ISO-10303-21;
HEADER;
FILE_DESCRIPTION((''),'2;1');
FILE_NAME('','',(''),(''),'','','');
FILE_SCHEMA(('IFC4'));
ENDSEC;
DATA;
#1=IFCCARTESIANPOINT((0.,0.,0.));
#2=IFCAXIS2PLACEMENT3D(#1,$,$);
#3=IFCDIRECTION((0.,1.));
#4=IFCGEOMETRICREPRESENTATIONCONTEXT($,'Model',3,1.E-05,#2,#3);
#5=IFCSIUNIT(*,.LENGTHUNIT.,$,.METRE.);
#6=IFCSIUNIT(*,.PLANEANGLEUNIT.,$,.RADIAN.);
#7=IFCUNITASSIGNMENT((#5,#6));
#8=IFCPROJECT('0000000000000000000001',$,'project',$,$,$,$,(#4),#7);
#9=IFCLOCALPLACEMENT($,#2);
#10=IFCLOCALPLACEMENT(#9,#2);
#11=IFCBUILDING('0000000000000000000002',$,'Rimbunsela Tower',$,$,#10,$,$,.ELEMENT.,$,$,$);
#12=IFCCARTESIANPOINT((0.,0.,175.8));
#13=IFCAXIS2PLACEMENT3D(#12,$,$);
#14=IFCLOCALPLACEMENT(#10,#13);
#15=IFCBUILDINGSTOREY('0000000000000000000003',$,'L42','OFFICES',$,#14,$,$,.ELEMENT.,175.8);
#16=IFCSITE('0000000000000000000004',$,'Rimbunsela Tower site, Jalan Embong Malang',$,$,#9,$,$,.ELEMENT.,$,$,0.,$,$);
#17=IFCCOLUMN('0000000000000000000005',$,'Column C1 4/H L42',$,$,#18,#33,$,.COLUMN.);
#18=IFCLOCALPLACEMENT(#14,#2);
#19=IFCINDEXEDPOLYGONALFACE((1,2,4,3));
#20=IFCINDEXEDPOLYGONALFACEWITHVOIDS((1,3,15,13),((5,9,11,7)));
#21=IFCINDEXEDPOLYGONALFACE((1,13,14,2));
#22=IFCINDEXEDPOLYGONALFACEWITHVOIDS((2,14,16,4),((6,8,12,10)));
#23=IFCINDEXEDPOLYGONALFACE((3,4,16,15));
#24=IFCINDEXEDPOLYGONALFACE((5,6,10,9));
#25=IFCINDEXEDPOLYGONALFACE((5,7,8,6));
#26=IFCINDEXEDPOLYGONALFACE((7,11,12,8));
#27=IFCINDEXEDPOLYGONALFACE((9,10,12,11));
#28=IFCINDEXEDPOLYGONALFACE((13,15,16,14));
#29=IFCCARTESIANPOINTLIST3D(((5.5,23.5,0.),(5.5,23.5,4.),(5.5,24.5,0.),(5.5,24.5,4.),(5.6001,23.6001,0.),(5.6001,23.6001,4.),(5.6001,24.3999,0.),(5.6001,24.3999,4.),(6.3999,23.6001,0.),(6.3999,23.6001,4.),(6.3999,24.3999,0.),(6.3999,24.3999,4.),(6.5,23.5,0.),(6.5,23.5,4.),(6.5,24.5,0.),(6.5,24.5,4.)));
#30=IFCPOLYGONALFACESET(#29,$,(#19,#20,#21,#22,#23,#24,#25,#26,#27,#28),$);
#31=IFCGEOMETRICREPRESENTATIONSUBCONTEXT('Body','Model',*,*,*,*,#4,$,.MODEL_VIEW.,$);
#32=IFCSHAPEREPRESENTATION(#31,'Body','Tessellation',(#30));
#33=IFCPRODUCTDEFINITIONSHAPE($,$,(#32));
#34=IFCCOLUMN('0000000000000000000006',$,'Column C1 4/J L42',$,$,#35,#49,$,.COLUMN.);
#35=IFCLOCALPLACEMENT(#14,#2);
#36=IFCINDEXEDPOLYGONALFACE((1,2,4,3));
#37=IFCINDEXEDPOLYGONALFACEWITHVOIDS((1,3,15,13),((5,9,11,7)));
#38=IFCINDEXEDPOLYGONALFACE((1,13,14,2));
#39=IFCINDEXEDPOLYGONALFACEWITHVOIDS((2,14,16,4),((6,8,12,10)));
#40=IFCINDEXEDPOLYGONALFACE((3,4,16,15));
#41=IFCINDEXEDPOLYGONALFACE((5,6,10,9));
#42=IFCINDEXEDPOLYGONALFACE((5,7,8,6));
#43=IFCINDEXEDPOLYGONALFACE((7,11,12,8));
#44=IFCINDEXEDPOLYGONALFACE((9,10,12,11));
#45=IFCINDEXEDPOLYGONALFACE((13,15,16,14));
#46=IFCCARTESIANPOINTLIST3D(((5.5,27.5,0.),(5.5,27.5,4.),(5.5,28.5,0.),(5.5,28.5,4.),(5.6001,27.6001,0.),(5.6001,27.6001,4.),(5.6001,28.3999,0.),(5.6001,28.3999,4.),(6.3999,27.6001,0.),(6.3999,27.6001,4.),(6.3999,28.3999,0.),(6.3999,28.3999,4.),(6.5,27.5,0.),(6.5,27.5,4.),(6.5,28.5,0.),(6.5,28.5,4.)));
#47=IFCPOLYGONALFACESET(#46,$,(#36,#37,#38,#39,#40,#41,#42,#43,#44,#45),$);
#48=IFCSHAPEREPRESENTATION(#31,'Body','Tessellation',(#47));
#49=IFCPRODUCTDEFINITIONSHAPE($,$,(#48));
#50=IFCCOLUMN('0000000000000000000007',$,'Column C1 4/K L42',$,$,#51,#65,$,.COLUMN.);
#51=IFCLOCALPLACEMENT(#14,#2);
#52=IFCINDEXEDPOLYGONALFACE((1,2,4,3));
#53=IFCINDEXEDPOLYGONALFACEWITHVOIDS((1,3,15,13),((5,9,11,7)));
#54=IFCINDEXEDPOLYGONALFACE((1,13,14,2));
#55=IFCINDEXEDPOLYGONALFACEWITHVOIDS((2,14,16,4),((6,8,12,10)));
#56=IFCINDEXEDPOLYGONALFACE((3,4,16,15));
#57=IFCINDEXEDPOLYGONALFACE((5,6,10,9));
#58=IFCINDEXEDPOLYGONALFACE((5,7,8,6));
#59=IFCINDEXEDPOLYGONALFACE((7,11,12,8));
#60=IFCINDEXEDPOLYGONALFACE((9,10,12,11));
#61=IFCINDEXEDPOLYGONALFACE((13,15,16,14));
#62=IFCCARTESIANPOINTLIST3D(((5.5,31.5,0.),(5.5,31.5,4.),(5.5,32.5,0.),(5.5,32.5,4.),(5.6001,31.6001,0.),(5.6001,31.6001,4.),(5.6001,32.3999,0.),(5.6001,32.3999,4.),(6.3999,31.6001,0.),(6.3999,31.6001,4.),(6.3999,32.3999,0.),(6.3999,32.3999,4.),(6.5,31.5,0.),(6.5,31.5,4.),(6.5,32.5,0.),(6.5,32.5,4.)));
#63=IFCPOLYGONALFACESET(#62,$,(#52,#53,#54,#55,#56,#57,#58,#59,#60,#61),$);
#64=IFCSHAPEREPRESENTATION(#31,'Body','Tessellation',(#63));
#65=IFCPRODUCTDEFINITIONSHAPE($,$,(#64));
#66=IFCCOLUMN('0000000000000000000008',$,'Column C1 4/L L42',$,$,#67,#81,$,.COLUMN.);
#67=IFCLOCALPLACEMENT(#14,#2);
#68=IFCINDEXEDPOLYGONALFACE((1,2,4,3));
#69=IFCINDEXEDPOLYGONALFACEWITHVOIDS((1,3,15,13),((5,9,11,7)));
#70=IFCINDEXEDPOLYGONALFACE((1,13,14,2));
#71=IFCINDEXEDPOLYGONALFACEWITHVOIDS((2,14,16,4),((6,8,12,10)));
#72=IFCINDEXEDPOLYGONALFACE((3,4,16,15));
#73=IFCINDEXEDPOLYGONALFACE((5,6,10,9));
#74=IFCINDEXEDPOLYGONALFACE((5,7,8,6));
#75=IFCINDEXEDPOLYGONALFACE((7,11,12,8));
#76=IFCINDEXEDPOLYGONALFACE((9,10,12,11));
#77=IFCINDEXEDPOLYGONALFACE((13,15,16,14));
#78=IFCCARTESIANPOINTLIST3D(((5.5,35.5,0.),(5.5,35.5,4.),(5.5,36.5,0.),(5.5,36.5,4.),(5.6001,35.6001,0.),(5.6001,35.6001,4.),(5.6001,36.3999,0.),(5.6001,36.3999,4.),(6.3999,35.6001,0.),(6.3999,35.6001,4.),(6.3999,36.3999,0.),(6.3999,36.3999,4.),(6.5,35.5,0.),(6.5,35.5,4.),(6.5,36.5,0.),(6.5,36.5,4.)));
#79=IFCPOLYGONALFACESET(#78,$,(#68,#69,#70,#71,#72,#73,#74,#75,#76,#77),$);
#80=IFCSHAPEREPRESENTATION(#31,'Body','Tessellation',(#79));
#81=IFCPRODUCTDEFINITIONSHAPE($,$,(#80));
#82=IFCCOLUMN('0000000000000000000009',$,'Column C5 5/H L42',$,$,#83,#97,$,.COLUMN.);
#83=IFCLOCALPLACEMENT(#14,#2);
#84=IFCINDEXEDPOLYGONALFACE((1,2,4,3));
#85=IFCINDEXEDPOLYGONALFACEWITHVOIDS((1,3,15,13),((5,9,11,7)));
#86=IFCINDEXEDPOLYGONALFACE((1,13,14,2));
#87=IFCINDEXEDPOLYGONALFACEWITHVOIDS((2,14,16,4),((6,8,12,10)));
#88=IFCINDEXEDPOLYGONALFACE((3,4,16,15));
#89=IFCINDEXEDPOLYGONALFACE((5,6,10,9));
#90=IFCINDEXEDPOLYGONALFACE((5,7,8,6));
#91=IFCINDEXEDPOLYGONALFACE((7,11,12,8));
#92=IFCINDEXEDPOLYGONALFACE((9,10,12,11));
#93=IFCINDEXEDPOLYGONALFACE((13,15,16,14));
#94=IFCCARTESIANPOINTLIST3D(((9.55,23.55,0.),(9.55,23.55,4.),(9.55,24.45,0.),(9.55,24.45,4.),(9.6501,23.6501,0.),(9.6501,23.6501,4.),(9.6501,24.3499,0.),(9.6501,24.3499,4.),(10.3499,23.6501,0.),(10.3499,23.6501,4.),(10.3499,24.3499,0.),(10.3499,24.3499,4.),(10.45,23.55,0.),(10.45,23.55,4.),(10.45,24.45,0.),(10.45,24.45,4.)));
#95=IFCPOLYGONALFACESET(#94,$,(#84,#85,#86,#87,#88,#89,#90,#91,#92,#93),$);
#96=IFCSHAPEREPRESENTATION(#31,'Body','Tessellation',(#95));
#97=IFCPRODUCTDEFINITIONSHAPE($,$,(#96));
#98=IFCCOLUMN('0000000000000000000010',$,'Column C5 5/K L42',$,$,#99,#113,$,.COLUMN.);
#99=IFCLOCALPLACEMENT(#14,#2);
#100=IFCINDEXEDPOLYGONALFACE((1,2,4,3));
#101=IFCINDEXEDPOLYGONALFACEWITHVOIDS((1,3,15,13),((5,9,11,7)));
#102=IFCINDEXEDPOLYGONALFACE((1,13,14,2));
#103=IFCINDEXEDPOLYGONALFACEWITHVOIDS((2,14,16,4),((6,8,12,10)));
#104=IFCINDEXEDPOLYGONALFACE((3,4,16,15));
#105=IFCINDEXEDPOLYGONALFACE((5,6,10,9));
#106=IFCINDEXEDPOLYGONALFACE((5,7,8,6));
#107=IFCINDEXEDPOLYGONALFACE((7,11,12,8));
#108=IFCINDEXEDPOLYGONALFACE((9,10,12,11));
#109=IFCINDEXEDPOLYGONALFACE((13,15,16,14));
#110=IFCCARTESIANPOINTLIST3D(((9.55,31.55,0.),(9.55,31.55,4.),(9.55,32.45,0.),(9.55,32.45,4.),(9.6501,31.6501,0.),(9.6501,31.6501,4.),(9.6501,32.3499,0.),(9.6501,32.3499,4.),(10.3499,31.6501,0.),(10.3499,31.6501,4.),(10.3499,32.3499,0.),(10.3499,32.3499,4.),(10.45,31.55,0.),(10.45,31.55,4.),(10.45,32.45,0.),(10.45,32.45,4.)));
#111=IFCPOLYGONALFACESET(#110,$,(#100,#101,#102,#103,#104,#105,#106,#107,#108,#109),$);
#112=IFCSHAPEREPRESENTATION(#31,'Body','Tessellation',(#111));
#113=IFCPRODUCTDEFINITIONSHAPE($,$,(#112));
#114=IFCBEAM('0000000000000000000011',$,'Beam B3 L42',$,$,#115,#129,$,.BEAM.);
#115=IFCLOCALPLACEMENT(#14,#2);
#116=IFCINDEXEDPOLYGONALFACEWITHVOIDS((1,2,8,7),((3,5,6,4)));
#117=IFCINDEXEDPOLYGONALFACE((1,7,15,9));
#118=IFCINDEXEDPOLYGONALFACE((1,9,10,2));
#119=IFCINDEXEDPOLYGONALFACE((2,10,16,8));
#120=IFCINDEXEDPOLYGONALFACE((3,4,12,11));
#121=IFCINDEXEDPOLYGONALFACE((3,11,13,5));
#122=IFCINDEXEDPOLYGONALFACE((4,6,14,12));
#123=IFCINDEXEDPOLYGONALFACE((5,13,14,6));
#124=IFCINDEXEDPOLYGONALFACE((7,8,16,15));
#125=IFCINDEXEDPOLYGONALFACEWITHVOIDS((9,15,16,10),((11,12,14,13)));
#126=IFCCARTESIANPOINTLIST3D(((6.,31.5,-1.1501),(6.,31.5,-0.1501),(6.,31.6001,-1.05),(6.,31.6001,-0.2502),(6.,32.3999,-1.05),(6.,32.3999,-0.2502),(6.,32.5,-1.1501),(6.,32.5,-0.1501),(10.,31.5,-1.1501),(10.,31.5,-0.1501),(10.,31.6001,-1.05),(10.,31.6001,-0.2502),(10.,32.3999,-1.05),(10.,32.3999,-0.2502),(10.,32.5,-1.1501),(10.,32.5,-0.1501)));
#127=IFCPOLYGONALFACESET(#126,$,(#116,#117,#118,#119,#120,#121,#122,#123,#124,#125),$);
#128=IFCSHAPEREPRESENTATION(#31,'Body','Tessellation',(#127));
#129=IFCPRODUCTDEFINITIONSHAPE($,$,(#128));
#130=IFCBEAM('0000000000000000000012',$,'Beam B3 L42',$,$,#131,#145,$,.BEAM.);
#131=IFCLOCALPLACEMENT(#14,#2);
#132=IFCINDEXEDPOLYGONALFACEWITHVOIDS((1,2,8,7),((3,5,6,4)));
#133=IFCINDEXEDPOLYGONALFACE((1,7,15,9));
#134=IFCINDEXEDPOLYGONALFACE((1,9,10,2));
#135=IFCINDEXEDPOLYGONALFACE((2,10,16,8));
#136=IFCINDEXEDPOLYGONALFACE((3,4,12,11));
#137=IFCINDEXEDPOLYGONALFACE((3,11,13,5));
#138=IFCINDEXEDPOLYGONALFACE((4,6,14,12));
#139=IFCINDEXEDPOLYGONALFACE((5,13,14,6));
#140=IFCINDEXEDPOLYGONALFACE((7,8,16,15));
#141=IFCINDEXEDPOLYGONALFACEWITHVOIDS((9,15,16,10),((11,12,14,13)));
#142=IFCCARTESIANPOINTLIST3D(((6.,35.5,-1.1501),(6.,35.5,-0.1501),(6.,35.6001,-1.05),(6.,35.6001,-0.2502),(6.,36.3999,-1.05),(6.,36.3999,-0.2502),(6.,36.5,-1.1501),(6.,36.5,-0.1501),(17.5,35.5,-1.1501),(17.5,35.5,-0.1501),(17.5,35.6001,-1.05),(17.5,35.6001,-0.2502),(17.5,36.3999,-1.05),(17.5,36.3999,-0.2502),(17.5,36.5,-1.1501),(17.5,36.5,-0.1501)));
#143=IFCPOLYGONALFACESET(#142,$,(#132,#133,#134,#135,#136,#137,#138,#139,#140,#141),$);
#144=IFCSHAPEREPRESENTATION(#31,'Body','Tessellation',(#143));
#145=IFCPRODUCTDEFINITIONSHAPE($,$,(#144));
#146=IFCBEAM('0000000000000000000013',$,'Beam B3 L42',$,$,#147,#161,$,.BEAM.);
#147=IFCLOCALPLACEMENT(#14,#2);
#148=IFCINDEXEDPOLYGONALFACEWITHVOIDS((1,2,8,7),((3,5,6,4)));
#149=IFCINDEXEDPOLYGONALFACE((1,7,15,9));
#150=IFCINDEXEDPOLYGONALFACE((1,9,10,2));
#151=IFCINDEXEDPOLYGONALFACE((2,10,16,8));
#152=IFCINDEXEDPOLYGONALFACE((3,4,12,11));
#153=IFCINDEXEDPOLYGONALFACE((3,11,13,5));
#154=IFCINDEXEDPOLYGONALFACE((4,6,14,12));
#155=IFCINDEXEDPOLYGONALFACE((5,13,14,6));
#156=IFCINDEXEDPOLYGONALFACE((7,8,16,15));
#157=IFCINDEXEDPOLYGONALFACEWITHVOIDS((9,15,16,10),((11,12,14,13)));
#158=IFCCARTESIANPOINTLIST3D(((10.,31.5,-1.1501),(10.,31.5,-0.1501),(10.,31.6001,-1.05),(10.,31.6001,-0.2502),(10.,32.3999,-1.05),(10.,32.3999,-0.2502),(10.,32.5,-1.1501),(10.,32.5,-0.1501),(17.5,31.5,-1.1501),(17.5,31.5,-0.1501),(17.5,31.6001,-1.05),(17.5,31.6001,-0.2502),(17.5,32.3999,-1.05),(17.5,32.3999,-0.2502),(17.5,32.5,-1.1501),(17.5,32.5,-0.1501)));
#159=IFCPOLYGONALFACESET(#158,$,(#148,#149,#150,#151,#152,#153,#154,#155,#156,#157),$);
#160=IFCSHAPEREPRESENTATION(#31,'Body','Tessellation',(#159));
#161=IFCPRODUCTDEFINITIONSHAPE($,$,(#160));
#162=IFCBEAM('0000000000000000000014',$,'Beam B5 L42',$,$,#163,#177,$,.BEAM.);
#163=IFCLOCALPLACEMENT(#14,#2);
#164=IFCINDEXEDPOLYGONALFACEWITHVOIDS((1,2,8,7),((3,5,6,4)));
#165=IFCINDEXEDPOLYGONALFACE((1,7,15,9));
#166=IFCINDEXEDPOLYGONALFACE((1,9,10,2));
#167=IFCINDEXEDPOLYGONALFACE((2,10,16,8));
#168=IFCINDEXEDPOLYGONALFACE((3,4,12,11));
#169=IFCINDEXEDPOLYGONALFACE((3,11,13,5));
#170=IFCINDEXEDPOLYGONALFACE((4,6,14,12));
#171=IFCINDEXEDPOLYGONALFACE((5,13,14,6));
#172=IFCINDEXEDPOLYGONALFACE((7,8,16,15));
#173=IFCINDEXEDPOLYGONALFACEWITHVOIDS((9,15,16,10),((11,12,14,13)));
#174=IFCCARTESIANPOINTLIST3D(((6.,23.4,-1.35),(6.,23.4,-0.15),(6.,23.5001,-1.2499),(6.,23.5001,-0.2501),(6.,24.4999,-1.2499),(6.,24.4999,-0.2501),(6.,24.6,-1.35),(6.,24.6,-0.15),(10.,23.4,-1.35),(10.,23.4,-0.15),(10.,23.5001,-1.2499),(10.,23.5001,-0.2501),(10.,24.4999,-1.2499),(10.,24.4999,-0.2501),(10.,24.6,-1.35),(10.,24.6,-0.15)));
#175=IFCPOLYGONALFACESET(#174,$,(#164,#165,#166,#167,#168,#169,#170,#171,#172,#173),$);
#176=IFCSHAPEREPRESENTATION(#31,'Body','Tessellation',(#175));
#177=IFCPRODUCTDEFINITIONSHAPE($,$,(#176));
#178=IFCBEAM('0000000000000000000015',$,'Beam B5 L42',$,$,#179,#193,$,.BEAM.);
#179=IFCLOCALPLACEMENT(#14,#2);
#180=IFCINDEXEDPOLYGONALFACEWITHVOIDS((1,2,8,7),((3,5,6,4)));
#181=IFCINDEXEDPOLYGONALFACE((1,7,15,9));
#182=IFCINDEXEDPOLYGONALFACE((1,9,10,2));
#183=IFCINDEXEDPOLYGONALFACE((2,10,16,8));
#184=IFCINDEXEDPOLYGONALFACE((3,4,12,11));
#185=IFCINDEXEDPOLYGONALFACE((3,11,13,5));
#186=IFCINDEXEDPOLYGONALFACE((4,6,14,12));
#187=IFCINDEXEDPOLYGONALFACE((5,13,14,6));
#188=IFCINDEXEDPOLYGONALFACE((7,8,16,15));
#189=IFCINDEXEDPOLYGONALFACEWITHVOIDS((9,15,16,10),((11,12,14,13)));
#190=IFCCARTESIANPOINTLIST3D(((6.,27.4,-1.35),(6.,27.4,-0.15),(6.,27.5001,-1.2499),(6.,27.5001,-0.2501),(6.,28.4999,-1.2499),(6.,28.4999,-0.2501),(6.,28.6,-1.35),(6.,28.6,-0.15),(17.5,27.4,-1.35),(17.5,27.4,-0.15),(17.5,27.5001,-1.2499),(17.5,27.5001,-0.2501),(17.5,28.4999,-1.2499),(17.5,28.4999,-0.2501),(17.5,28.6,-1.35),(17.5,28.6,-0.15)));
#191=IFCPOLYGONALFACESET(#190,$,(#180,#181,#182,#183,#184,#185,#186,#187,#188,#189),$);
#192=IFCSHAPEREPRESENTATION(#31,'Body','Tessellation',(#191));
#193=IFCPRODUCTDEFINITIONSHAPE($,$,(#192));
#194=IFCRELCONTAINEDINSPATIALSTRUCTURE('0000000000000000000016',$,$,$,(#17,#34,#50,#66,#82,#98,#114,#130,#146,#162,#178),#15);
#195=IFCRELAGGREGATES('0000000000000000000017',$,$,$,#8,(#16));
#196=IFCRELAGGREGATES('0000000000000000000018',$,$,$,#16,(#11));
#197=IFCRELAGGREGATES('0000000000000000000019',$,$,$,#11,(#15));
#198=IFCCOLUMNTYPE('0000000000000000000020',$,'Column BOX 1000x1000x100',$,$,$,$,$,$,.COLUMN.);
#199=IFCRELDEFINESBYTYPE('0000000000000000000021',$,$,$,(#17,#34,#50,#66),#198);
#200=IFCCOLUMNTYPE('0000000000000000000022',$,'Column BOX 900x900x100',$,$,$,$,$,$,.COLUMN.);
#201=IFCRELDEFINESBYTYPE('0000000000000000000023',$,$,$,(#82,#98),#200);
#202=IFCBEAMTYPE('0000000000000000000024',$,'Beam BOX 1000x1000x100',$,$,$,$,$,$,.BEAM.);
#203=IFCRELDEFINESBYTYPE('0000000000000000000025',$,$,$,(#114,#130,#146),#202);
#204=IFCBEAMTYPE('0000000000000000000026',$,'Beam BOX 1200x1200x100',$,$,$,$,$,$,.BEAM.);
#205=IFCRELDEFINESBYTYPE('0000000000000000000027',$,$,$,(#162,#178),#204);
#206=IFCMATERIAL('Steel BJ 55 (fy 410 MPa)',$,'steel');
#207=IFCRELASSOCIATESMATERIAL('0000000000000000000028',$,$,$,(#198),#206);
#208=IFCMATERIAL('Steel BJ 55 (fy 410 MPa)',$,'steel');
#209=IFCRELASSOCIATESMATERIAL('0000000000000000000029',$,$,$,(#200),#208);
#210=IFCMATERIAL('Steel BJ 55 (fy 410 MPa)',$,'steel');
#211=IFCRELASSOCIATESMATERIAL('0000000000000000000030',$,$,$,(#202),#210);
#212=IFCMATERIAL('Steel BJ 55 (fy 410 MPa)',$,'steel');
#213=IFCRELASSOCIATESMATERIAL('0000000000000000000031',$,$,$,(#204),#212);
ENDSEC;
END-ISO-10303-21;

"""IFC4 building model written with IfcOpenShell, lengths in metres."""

from ifc_helpers import new_model, si_unit, direction, frame, origin, origin_2d, place, context, subcontext, project, spatial, hollow_rectangle, extrude, material, material_profile, profile_set, type_object, element, save


model = new_model("IFC4")

# Units and contexts
model_context = context("Model", 3, precision=1e-05, world=origin(), true_north=direction((0.0, 1.0)))
body_context = subcontext(model_context, "Body", "Model", "MODEL_VIEW")
ifc_project = project(units=[si_unit("LENGTHUNIT", "METRE"), si_unit("PLANEANGLEUNIT", "RADIAN")], contexts=[model_context])

# Site, building, storey
site_placement = place(None, origin())
site = spatial("IfcSite", under=ifc_project, at=site_placement, Name="Rimbunsela Tower site, Jalan Embong Malang", CompositionType="ELEMENT", RefElevation=0.0)
building_placement = place(site_placement, origin())
building = spatial("IfcBuilding", under=site, at=building_placement, Name="Rimbunsela Tower", CompositionType="ELEMENT")
storey_placement = place(building_placement, frame((0.0, 0.0, 175.8)))
storey = spatial("IfcBuildingStorey", under=building, at=storey_placement, Name="L42", Description="OFFICES", CompositionType="ELEMENT", Elevation=175.8)

# Columns
ifc_material_1 = material(Name="Steel BJ 55 (fy 410 MPa)", Category="steel")
ifc_material_profile_1 = material_profile(ifc_material_1, hollow_rectangle(XDim=1.0, YDim=1.0, WallThickness=0.1001, at=origin_2d()), Name="BOX 1000x1000x100")
ifc_profile_set_1 = profile_set([ifc_material_profile_1], Name="Steel BJ 55 (fy 410 MPa)")
column_type_1 = type_object("IfcColumnType", Name="Column BOX 1000x1000x100", PredefinedType="COLUMN", material=ifc_profile_set_1)
for number, where, z_axis, x_axis, name in (
    (1, (6.0, 24.0, 0.0), (0.0, 0.0, 1.0), (1.0, 0.0, 0.0), "Column C1 4/H L42"),
    (2, (6.0, 28.0, 0.0), (0.0, 0.0, 1.0), (1.0, 0.0, 0.0), "Column C1 4/J L42"),
    (3, (6.0, 32.0, 0.0), (0.0, 0.0, 1.0), (1.0, 0.0, 0.0), "Column C1 4/K L42"),
    (4, (6.0, 36.0, 0.0), (0.0, 0.0, 1.0), (1.0, 0.0, 0.0), "Column C1 4/L L42"),
):
    element("IfcColumn", number, at=place(storey_placement, frame(where, z_axis=z_axis, x_axis=x_axis)), inside=storey, type_object=column_type_1, Name=name, PredefinedType="COLUMN", context=body_context, shape_type="SweptSolid", body=[
        extrude(hollow_rectangle(XDim=1.0, YDim=1.0, WallThickness=0.1001, at=origin_2d()), origin(), (0.0, 0.0, 1.0), 4.0),
    ])
ifc_material_2 = material(Name="Steel BJ 55 (fy 410 MPa)", Category="steel")
ifc_material_profile_2 = material_profile(ifc_material_2, hollow_rectangle(XDim=0.8999, YDim=0.8999, WallThickness=0.1001, at=origin_2d()), Name="BOX 900x900x100")
ifc_profile_set_2 = profile_set([ifc_material_profile_2], Name="Steel BJ 55 (fy 410 MPa)")
column_type_2 = type_object("IfcColumnType", Name="Column BOX 900x900x100", PredefinedType="COLUMN", material=ifc_profile_set_2)
for number, where, z_axis, x_axis, name in (
    (5, (10.0, 24.0, 0.0), (0.0, 0.0, 1.0), (1.0, 0.0, 0.0), "Column C5 5/H L42"),
    (6, (10.0, 32.0, 0.0), (0.0, 0.0, 1.0), (1.0, 0.0, 0.0), "Column C5 5/K L42"),
):
    element("IfcColumn", number, at=place(storey_placement, frame(where, z_axis=z_axis, x_axis=x_axis)), inside=storey, type_object=column_type_2, Name=name, PredefinedType="COLUMN", context=body_context, shape_type="SweptSolid", body=[
        extrude(hollow_rectangle(XDim=0.8999, YDim=0.8999, WallThickness=0.1001, at=origin_2d()), origin(), (0.0, 0.0, 1.0), 4.0),
    ])

# Beams
ifc_material_3 = material(Name="Steel BJ 55 (fy 410 MPa)", Category="steel")
ifc_material_profile_3 = material_profile(ifc_material_3, hollow_rectangle(XDim=1.0, YDim=1.0, WallThickness=0.1001, at=origin_2d()), Name="BOX 1000x1000x100")
ifc_profile_set_3 = profile_set([ifc_material_profile_3], Name="Steel BJ 55 (fy 410 MPa)")
beam_type_1 = type_object("IfcBeamType", Name="Beam BOX 1000x1000x100", PredefinedType="BEAM", material=ifc_profile_set_3)
beam_1_placement = place(storey_placement, frame((6.0, 32.0, -0.6501), z_axis=(1.0, 0.0, 0.0), x_axis=(0.0, 1.0, 0.0)))
element("IfcBeam", 7, at=beam_1_placement, inside=storey, type_object=beam_type_1, Name="Beam B3 L42", PredefinedType="BEAM", context=body_context, shape_type="SweptSolid", body=[
    extrude(hollow_rectangle(XDim=1.0, YDim=1.0, WallThickness=0.1001, at=origin_2d()), origin(), (0.0, 0.0, 1.0), 4.0),
])
beam_2_placement = place(storey_placement, frame((6.0, 36.0, -0.6501), z_axis=(1.0, 0.0, 0.0), x_axis=(0.0, 1.0, 0.0)))
element("IfcBeam", 8, at=beam_2_placement, inside=storey, type_object=beam_type_1, Name="Beam B3 L42", PredefinedType="BEAM", context=body_context, shape_type="SweptSolid", body=[
    extrude(hollow_rectangle(XDim=1.0, YDim=1.0, WallThickness=0.1001, at=origin_2d()), origin(), (0.0, 0.0, 1.0), 11.5),
])
beam_3_placement = place(storey_placement, frame((10.0, 32.0, -0.6501), z_axis=(1.0, 0.0, 0.0), x_axis=(0.0, 1.0, 0.0)))
element("IfcBeam", 9, at=beam_3_placement, inside=storey, type_object=beam_type_1, Name="Beam B3 L42", PredefinedType="BEAM", context=body_context, shape_type="SweptSolid", body=[
    extrude(hollow_rectangle(XDim=1.0, YDim=1.0, WallThickness=0.1001, at=origin_2d()), origin(), (0.0, 0.0, 1.0), 7.5),
])
ifc_material_4 = material(Name="Steel BJ 55 (fy 410 MPa)", Category="steel")
ifc_material_profile_4 = material_profile(ifc_material_4, hollow_rectangle(XDim=1.2, YDim=1.2, WallThickness=0.1001, at=origin_2d()), Name="BOX 1200x1200x100")
ifc_profile_set_4 = profile_set([ifc_material_profile_4], Name="Steel BJ 55 (fy 410 MPa)")
beam_type_2 = type_object("IfcBeamType", Name="Beam BOX 1200x1200x100", PredefinedType="BEAM", material=ifc_profile_set_4)
beam_4_placement = place(storey_placement, frame((6.0, 24.0, -0.75), z_axis=(1.0, 0.0, 0.0), x_axis=(0.0, 1.0, 0.0)))
element("IfcBeam", 10, at=beam_4_placement, inside=storey, type_object=beam_type_2, Name="Beam B5 L42", PredefinedType="BEAM", context=body_context, shape_type="SweptSolid", body=[
    extrude(hollow_rectangle(XDim=1.2, YDim=1.2, WallThickness=0.1001, at=origin_2d()), origin(), (0.0, 0.0, 1.0), 4.0),
])
beam_5_placement = place(storey_placement, frame((6.0, 28.0, -0.75), z_axis=(1.0, 0.0, 0.0), x_axis=(0.0, 1.0, 0.0)))
element("IfcBeam", 11, at=beam_5_placement, inside=storey, type_object=beam_type_2, Name="Beam B5 L42", PredefinedType="BEAM", context=body_context, shape_type="SweptSolid", body=[
    extrude(hollow_rectangle(XDim=1.2, YDim=1.2, WallThickness=0.1001, at=origin_2d()), origin(), (0.0, 0.0, 1.0), 11.5),
])

save(model, "model.ifc")
